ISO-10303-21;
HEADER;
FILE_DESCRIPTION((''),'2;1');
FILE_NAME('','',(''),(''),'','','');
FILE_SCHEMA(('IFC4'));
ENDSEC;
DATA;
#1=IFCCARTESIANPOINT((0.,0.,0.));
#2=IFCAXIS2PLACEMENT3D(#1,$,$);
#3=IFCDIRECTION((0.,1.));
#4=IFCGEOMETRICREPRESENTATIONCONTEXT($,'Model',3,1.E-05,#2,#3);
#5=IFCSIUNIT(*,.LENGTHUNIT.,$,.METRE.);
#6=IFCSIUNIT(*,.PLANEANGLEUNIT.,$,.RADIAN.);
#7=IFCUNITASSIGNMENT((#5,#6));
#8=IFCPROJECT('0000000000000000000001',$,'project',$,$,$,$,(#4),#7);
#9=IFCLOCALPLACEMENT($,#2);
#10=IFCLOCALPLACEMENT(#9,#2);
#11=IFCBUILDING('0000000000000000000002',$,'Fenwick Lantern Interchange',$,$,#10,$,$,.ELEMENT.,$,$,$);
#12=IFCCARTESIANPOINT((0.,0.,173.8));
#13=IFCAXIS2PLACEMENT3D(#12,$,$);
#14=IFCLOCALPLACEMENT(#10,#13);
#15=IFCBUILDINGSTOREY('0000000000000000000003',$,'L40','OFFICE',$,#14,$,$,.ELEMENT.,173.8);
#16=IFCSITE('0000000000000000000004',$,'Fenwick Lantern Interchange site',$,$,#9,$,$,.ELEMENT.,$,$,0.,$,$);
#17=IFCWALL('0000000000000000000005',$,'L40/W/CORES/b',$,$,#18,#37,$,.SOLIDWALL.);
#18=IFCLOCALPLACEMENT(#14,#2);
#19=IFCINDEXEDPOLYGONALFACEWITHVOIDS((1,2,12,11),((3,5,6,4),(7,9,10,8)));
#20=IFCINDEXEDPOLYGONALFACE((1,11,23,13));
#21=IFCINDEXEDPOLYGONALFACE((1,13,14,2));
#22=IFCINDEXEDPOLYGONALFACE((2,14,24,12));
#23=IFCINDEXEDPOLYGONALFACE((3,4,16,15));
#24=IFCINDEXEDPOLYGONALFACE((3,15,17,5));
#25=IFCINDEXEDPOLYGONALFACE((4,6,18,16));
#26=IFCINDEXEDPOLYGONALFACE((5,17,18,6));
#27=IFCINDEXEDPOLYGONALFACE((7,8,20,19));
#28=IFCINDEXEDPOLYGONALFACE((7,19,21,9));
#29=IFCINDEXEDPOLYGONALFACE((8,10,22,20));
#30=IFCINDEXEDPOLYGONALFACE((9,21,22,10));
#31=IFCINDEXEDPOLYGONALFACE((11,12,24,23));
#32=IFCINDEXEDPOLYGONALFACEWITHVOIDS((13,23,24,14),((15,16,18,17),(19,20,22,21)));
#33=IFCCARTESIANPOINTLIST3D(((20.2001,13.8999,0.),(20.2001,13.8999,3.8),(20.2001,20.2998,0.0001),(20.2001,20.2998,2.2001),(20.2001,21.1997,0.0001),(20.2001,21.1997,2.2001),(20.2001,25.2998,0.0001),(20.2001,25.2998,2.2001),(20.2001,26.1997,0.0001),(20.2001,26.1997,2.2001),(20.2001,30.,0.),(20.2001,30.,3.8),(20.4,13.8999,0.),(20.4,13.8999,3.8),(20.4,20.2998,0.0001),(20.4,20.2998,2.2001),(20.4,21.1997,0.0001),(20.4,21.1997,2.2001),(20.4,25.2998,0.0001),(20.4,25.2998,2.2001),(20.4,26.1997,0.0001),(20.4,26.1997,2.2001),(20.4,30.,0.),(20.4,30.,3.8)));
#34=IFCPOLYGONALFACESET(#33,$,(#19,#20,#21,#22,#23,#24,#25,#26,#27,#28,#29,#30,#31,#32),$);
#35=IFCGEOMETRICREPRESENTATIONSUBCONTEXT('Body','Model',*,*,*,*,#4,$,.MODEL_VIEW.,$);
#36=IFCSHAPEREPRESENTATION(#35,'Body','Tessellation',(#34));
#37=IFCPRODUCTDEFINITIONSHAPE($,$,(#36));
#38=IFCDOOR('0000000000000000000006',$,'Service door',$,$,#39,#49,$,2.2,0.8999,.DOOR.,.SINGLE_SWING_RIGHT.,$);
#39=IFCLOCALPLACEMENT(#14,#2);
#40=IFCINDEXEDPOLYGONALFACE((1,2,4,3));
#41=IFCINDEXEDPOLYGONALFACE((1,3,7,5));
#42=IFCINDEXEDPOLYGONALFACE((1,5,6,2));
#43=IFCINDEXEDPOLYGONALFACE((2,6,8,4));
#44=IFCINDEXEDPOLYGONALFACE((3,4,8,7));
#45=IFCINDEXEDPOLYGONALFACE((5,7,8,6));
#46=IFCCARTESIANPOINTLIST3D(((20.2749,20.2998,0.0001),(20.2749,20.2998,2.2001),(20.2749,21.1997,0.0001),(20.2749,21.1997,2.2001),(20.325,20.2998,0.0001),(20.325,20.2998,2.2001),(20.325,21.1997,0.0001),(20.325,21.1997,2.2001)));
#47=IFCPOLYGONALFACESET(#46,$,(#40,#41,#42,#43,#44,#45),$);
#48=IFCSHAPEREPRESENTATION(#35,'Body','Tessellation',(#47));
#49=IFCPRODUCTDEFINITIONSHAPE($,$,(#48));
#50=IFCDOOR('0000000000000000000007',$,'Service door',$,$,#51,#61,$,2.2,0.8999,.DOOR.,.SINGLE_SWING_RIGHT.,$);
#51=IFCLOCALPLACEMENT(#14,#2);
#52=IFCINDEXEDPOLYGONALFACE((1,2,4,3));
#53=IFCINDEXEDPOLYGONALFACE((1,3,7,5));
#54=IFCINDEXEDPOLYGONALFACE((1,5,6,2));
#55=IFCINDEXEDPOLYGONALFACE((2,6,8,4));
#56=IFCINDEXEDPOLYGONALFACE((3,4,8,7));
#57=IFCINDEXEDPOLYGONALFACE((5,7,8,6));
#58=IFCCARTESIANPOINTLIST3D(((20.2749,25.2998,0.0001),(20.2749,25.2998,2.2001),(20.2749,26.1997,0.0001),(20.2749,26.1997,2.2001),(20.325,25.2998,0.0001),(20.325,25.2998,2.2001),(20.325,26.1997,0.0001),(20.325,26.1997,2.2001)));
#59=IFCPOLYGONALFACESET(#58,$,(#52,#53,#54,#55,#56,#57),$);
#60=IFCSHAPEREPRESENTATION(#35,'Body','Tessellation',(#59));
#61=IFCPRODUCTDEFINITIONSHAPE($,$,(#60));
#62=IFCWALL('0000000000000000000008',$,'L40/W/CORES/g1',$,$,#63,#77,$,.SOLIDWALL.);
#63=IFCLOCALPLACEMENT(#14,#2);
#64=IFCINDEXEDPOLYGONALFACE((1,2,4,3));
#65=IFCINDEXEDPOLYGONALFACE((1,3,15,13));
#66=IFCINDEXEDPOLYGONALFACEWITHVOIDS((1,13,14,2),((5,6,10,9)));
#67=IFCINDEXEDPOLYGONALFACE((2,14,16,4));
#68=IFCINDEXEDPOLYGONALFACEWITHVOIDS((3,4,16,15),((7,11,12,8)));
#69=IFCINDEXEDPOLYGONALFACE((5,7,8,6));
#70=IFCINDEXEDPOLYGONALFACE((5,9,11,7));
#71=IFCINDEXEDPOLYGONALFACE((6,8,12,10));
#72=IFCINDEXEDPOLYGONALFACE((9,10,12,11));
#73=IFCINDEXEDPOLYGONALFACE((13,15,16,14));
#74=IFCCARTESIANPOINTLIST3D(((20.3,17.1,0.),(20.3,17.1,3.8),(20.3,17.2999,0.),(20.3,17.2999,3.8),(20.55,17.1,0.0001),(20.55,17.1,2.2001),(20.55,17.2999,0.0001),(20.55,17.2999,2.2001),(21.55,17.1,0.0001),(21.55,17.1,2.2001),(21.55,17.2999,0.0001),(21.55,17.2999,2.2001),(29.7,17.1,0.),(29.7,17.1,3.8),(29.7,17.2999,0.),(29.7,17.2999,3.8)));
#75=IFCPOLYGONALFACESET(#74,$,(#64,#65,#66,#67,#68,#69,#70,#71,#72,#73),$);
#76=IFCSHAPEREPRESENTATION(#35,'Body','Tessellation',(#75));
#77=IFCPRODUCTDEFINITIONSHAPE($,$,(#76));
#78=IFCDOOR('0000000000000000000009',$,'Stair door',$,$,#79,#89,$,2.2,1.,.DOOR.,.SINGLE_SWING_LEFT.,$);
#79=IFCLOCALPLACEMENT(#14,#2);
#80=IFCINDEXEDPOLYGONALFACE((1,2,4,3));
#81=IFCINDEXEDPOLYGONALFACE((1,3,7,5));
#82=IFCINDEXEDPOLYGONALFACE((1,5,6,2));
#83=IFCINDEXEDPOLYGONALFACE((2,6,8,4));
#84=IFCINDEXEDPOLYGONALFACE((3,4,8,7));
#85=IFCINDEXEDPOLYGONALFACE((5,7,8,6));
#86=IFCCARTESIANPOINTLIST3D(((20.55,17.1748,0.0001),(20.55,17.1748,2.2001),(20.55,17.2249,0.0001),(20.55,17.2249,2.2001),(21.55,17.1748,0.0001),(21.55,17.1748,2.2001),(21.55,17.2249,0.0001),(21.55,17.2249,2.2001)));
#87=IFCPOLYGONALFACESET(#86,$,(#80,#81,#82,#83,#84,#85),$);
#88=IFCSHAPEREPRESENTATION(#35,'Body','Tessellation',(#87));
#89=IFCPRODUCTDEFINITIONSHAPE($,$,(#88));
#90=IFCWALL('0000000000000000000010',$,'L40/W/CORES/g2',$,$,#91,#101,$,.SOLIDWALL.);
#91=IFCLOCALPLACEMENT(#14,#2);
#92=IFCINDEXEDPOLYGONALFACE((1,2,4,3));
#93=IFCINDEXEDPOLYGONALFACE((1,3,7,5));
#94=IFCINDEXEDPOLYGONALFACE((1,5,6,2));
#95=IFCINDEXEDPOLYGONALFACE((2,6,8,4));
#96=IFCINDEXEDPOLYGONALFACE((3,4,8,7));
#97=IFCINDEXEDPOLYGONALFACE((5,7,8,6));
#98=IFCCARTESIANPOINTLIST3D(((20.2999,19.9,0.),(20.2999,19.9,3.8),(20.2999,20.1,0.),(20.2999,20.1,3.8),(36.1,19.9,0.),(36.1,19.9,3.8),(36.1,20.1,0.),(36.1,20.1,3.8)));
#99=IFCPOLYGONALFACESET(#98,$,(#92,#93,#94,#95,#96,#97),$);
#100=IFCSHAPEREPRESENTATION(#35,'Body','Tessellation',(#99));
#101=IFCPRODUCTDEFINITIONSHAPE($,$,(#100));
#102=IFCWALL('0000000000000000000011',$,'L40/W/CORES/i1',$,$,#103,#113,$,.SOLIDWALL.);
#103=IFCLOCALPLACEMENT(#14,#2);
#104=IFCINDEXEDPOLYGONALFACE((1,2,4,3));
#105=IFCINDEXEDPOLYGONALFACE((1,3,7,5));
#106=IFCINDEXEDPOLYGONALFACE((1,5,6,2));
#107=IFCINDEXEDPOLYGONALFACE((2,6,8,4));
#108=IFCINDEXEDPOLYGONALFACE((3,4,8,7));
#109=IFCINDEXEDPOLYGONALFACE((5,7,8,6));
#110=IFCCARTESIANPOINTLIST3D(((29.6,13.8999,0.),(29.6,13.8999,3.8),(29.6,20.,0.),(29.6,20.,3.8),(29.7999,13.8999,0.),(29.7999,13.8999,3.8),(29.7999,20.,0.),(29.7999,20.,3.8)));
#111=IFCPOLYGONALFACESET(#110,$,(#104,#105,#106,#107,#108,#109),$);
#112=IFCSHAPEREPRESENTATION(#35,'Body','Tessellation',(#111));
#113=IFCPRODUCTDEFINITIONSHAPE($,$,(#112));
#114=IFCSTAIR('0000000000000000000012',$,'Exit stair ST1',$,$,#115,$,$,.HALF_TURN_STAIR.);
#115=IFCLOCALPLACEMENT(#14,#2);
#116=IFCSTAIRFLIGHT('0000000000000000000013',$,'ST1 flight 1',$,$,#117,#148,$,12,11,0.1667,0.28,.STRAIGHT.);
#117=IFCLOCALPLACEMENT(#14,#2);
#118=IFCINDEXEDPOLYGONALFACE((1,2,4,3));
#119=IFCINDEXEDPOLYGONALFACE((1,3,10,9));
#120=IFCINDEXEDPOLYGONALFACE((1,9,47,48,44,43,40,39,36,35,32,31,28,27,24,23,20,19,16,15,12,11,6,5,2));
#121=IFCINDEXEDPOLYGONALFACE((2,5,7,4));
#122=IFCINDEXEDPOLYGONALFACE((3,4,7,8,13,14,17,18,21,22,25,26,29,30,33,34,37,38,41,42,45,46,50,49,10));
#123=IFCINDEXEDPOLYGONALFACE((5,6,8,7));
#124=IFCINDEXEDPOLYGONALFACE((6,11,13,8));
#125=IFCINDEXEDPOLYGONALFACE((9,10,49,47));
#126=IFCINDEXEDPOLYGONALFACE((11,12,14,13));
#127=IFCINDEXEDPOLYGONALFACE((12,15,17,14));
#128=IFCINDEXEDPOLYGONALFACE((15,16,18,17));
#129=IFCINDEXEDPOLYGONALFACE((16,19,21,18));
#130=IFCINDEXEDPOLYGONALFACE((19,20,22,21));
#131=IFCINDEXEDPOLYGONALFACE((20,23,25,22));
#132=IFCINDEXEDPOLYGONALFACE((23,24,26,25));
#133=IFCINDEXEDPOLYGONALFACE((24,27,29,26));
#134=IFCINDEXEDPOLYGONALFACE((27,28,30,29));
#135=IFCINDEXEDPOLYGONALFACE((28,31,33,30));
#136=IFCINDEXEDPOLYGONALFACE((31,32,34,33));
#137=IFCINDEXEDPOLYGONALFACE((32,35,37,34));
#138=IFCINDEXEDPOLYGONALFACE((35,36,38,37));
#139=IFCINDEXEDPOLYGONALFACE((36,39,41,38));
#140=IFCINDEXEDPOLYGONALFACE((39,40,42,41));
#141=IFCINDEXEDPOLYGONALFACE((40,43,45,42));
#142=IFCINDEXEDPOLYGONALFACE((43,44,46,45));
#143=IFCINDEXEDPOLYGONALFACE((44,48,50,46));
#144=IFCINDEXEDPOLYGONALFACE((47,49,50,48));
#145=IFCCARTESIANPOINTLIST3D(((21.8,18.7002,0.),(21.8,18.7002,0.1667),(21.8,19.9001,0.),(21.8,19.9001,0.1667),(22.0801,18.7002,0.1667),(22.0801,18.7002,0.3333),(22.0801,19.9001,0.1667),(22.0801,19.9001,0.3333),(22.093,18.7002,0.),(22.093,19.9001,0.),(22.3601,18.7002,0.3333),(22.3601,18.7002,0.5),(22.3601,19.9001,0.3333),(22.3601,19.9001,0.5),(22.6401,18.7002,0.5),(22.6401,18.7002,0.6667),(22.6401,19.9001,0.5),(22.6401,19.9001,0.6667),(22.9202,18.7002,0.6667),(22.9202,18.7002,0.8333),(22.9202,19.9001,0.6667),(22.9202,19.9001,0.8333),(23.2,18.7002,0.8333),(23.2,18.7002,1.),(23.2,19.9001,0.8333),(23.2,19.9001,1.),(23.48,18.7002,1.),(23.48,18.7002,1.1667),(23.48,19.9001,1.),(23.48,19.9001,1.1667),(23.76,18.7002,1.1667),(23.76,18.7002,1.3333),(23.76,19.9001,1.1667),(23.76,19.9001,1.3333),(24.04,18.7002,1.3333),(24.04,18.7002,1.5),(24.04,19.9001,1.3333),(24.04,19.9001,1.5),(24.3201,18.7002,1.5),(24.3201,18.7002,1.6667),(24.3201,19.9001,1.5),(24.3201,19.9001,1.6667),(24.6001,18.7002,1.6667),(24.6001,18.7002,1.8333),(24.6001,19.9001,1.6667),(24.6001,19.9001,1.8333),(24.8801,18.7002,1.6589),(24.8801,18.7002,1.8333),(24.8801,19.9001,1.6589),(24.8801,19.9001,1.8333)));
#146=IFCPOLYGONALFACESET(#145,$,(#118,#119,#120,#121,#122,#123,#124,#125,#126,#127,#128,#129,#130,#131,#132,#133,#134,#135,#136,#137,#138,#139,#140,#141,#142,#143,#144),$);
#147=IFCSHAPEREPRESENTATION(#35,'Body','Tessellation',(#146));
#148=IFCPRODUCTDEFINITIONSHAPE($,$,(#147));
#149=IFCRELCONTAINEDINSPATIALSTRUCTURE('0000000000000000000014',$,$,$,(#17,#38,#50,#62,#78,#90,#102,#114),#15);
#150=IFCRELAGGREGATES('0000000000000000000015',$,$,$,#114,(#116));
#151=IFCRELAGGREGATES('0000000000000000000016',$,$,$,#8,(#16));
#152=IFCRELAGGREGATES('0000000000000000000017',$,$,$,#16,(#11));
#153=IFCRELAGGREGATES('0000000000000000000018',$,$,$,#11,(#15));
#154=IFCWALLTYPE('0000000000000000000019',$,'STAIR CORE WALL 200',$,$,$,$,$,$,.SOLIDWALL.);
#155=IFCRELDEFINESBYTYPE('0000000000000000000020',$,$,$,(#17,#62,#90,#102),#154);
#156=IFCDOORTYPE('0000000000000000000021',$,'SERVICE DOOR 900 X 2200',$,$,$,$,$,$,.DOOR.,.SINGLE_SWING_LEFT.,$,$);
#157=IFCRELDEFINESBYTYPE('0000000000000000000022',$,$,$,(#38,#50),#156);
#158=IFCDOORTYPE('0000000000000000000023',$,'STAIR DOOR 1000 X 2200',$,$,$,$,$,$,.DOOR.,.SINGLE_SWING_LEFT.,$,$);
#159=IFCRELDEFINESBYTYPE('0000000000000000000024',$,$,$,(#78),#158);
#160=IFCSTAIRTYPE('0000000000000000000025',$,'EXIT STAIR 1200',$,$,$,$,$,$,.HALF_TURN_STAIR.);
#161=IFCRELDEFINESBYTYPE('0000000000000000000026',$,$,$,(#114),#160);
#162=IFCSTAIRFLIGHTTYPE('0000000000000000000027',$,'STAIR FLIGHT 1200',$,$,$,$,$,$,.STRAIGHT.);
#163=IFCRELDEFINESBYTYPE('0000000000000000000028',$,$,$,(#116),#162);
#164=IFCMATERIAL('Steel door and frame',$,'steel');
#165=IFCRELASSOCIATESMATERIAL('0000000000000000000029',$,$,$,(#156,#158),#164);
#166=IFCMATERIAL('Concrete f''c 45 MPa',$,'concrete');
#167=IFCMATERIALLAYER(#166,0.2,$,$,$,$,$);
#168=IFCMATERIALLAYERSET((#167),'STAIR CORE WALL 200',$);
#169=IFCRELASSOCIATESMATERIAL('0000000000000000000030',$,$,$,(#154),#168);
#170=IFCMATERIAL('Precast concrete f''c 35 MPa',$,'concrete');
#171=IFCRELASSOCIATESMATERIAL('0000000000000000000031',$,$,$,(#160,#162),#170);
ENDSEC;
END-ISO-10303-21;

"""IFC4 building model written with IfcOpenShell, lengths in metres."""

from ifc_helpers import new_model, si_unit, direction, frame, frame_2d, origin, place, context, subcontext, project, spatial, polyline, rectangle, outline, extrude, material, layer, layer_set, type_object, element, fill, aggregate, save


model = new_model("IFC4")

# Units and contexts
model_context = context("Model", 3, precision=1e-05, world=origin(), true_north=direction((0.0, 1.0)))
body_context = subcontext(model_context, "Body", "Model", "MODEL_VIEW")
ifc_project = project(units=[si_unit("LENGTHUNIT", "METRE"), si_unit("PLANEANGLEUNIT", "RADIAN")], contexts=[model_context])

# Site, building, storey
site_placement = place(None, origin())
site = spatial("IfcSite", under=ifc_project, at=site_placement, Name="Fenwick Lantern Interchange site", CompositionType="ELEMENT", RefElevation=0.0)
building_placement = place(site_placement, origin())
building = spatial("IfcBuilding", under=site, at=building_placement, Name="Fenwick Lantern Interchange", CompositionType="ELEMENT")
storey_placement = place(building_placement, frame((0.0, 0.0, 173.8)))
storey = spatial("IfcBuildingStorey", under=building, at=storey_placement, Name="L40", Description="OFFICE", CompositionType="ELEMENT", Elevation=173.8)

# Shared definitions
ifc_material_1 = material(Name="Steel door and frame", Category="steel")
door_type_1 = type_object("IfcDoorType", Name="SERVICE DOOR 900 X 2200", OperationType="SINGLE_SWING_LEFT", PredefinedType="DOOR", material=ifc_material_1)

# Wall, openings, doors
ifc_material_2 = material(Name="Concrete f'c 45 MPa", Category="concrete")
ifc_layer_1 = layer(ifc_material_2, 0.2)
ifc_layer_set_1 = layer_set([ifc_layer_1], Name="STAIR CORE WALL 200")
wall_type_1 = type_object("IfcWallType", Name="STAIR CORE WALL 200", PredefinedType="SOLIDWALL", material=ifc_layer_set_1)
wall_1_placement = place(storey_placement, frame((20.3, 13.8999, 0.0), z_axis=(0.0, 0.0, 1.0), x_axis=(0.0, 1.0, 0.0)))
wall_1 = element("IfcWall", 1, at=wall_1_placement, inside=storey, type_object=wall_type_1, Name="L40/W/CORES/b", PredefinedType="SOLIDWALL", context=body_context, shape_type="SweptSolid", body=[
    extrude(rectangle(XDim=16.1001, YDim=0.2, at=frame_2d((8.05, 0.0))), origin(), (0.0, 0.0, 1.0), 3.8),
])
opening_1_placement = place(wall_1_placement, frame((6.3999, 0.0, 0.0)))
opening_1 = element("IfcOpeningElement", 2, at=opening_1_placement, cuts=wall_1, PredefinedType="OPENING", context=body_context, shape_type="SweptSolid", body=[
    extrude(rectangle(XDim=0.8999, YDim=2.2, at=frame_2d((0.45, 1.1001))), frame((0.0, 0.1099, 0.0), z_axis=(0.0, -1.0, 0.0), x_axis=(1.0, 0.0, 0.0)), (0.0, 0.0, 1.0), 0.22),
])
opening_2_placement = place(wall_1_placement, frame((11.3999, 0.0, 0.0)))
opening_2 = element("IfcOpeningElement", 3, at=opening_2_placement, cuts=wall_1, PredefinedType="OPENING", context=body_context, shape_type="SweptSolid", body=[
    extrude(rectangle(XDim=0.8999, YDim=2.2, at=frame_2d((0.45, 1.1001))), frame((0.0, 0.1099, 0.0), z_axis=(0.0, -1.0, 0.0), x_axis=(1.0, 0.0, 0.0)), (0.0, 0.0, 1.0), 0.22),
])
door_1_placement = place(opening_1_placement, frame((0.8999, 0.0, 0.0), z_axis=(0.0, 0.0, 1.0), x_axis=(-1.0, 0.0, 0.0)))
door_1 = element("IfcDoor", 4, at=door_1_placement, inside=storey, type_object=door_type_1, Name="Service door", OperationType="SINGLE_SWING_RIGHT", OverallHeight=2.2, OverallWidth=0.8999, PredefinedType="DOOR", context=body_context, shape_type="SweptSolid", body=[
    extrude(rectangle(XDim=0.8999, YDim=2.2, at=frame_2d((0.45, 1.1001))), frame((0.0, 0.0249, 0.0), z_axis=(0.0, -1.0, 0.0), x_axis=(1.0, 0.0, 0.0)), (0.0, 0.0, 1.0), 0.05),
])
fill(opening_1, door_1)
door_2_placement = place(opening_2_placement, frame((0.8999, 0.0, 0.0), z_axis=(0.0, 0.0, 1.0), x_axis=(-1.0, 0.0, 0.0)))
door_2 = element("IfcDoor", 5, at=door_2_placement, inside=storey, type_object=door_type_1, Name="Service door", OperationType="SINGLE_SWING_RIGHT", OverallHeight=2.2, OverallWidth=0.8999, PredefinedType="DOOR", context=body_context, shape_type="SweptSolid", body=[
    extrude(rectangle(XDim=0.8999, YDim=2.2, at=frame_2d((0.45, 1.1001))), frame((0.0, 0.0249, 0.0), z_axis=(0.0, -1.0, 0.0), x_axis=(1.0, 0.0, 0.0)), (0.0, 0.0, 1.0), 0.05),
])
fill(opening_2, door_2)

# Wall, opening, door
wall_2_placement = place(storey_placement, frame((20.3, 17.2, 0.0), z_axis=(0.0, 0.0, 1.0), x_axis=(1.0, 0.0, 0.0)))
wall_2 = element("IfcWall", 6, at=wall_2_placement, inside=storey, type_object=wall_type_1, Name="L40/W/CORES/g1", PredefinedType="SOLIDWALL", context=body_context, shape_type="SweptSolid", body=[
    extrude(rectangle(XDim=9.3999, YDim=0.2, at=frame_2d((4.7, 0.0))), origin(), (0.0, 0.0, 1.0), 3.8),
])
opening_3_placement = place(wall_2_placement, frame((0.25, 0.0, 0.0)))
opening_3 = element("IfcOpeningElement", 7, at=opening_3_placement, cuts=wall_2, PredefinedType="OPENING", context=body_context, shape_type="SweptSolid", body=[
    extrude(rectangle(XDim=1.0, YDim=2.2, at=frame_2d((0.5, 1.1001))), frame((0.0, 0.1099, 0.0), z_axis=(0.0, -1.0, 0.0), x_axis=(1.0, 0.0, 0.0)), (0.0, 0.0, 1.0), 0.22),
])
door_type_2 = type_object("IfcDoorType", Name="STAIR DOOR 1000 X 2200", OperationType="SINGLE_SWING_LEFT", PredefinedType="DOOR", material=ifc_material_1)
door_3_placement = place(opening_3_placement, origin())
door_3 = element("IfcDoor", 8, at=door_3_placement, inside=storey, type_object=door_type_2, Name="Stair door", OperationType="SINGLE_SWING_LEFT", OverallHeight=2.2, OverallWidth=1.0, PredefinedType="DOOR", context=body_context, shape_type="SweptSolid", body=[
    extrude(rectangle(XDim=1.0, YDim=2.2, at=frame_2d((0.5, 1.1001))), frame((0.0, 0.0249, 0.0), z_axis=(0.0, -1.0, 0.0), x_axis=(1.0, 0.0, 0.0)), (0.0, 0.0, 1.0), 0.05),
])
fill(opening_3, door_3)

# Walls
wall_3_placement = place(storey_placement, frame((20.3, 20.0, 0.0), z_axis=(0.0, 0.0, 1.0), x_axis=(1.0, 0.0, 0.0)))
element("IfcWall", 9, at=wall_3_placement, inside=storey, type_object=wall_type_1, Name="L40/W/CORES/g2", PredefinedType="SOLIDWALL", context=body_context, shape_type="SweptSolid", body=[
    extrude(rectangle(XDim=15.8, YDim=0.2, at=frame_2d((7.8999, 0.0))), origin(), (0.0, 0.0, 1.0), 3.8),
])
wall_4_placement = place(storey_placement, frame((29.7, 13.8999, 0.0), z_axis=(0.0, 0.0, 1.0), x_axis=(0.0, 1.0, 0.0)))
element("IfcWall", 10, at=wall_4_placement, inside=storey, type_object=wall_type_1, Name="L40/W/CORES/i1", PredefinedType="SOLIDWALL", context=body_context, shape_type="SweptSolid", body=[
    extrude(rectangle(XDim=6.1001, YDim=0.2, at=frame_2d((3.05, 0.0))), origin(), (0.0, 0.0, 1.0), 3.8),
])

# Stair, stair flight
ifc_material_3 = material(Name="Precast concrete f'c 35 MPa", Category="concrete")
stair_type = type_object("IfcStairType", Name="EXIT STAIR 1200", PredefinedType="HALF_TURN_STAIR", material=ifc_material_3)
stair_placement = place(storey_placement, origin())
stair = element("IfcStair", 11, at=stair_placement, inside=storey, type_object=stair_type, Name="Exit stair ST1", PredefinedType="HALF_TURN_STAIR")
stair_flight_type = type_object("IfcStairFlightType", Name="STAIR FLIGHT 1200", PredefinedType="STRAIGHT", material=ifc_material_3)
stair_flight_1_placement = place(storey_placement, frame((21.8, 19.3, 0.0), z_axis=(0.0, 0.0, 1.0), x_axis=(1.0, 0.0, 0.0)))
stair_flight_1 = element("IfcStairFlight", 12, at=stair_flight_1_placement, type_object=stair_flight_type, Name="ST1 flight 1", NumberOfRisers=12, NumberOfTreads=11, PredefinedType="STRAIGHT", RiserHeight=0.1667, TreadLength=0.28, context=body_context, shape_type="SweptSolid", body=[
    extrude(outline(polyline([(0.0, 0.0), (0.0, 0.1667), (0.28, 0.1667), (0.28, 0.3333), (0.5601, 0.3333), (0.5601, 0.5), (0.8401, 0.5), (0.8401, 0.6667), (1.1201, 0.6667), (1.1201, 0.8333), (1.3999, 0.8333), (1.3999, 1.0), (1.6799, 1.0), (1.6799, 1.1667), (1.96, 1.1667), (1.96, 1.3333), (2.24, 1.3333), (2.24, 1.5), (2.52, 1.5), (2.52, 1.6667), (2.8, 1.6667), (2.8, 1.8333), (3.0801, 1.8333), (3.0801, 2.0), (3.0801, 1.6589), (0.293, 0.0), (0.0, 0.0)])), frame((0.0, 0.6001, 0.0), z_axis=(0.0, -1.0, 0.0), x_axis=(1.0, 0.0, 0.0)), (0.0, 0.0, 1.0), 1.2),
])
aggregate(stair, [stair_flight_1])

save(model, "model.ifc")
